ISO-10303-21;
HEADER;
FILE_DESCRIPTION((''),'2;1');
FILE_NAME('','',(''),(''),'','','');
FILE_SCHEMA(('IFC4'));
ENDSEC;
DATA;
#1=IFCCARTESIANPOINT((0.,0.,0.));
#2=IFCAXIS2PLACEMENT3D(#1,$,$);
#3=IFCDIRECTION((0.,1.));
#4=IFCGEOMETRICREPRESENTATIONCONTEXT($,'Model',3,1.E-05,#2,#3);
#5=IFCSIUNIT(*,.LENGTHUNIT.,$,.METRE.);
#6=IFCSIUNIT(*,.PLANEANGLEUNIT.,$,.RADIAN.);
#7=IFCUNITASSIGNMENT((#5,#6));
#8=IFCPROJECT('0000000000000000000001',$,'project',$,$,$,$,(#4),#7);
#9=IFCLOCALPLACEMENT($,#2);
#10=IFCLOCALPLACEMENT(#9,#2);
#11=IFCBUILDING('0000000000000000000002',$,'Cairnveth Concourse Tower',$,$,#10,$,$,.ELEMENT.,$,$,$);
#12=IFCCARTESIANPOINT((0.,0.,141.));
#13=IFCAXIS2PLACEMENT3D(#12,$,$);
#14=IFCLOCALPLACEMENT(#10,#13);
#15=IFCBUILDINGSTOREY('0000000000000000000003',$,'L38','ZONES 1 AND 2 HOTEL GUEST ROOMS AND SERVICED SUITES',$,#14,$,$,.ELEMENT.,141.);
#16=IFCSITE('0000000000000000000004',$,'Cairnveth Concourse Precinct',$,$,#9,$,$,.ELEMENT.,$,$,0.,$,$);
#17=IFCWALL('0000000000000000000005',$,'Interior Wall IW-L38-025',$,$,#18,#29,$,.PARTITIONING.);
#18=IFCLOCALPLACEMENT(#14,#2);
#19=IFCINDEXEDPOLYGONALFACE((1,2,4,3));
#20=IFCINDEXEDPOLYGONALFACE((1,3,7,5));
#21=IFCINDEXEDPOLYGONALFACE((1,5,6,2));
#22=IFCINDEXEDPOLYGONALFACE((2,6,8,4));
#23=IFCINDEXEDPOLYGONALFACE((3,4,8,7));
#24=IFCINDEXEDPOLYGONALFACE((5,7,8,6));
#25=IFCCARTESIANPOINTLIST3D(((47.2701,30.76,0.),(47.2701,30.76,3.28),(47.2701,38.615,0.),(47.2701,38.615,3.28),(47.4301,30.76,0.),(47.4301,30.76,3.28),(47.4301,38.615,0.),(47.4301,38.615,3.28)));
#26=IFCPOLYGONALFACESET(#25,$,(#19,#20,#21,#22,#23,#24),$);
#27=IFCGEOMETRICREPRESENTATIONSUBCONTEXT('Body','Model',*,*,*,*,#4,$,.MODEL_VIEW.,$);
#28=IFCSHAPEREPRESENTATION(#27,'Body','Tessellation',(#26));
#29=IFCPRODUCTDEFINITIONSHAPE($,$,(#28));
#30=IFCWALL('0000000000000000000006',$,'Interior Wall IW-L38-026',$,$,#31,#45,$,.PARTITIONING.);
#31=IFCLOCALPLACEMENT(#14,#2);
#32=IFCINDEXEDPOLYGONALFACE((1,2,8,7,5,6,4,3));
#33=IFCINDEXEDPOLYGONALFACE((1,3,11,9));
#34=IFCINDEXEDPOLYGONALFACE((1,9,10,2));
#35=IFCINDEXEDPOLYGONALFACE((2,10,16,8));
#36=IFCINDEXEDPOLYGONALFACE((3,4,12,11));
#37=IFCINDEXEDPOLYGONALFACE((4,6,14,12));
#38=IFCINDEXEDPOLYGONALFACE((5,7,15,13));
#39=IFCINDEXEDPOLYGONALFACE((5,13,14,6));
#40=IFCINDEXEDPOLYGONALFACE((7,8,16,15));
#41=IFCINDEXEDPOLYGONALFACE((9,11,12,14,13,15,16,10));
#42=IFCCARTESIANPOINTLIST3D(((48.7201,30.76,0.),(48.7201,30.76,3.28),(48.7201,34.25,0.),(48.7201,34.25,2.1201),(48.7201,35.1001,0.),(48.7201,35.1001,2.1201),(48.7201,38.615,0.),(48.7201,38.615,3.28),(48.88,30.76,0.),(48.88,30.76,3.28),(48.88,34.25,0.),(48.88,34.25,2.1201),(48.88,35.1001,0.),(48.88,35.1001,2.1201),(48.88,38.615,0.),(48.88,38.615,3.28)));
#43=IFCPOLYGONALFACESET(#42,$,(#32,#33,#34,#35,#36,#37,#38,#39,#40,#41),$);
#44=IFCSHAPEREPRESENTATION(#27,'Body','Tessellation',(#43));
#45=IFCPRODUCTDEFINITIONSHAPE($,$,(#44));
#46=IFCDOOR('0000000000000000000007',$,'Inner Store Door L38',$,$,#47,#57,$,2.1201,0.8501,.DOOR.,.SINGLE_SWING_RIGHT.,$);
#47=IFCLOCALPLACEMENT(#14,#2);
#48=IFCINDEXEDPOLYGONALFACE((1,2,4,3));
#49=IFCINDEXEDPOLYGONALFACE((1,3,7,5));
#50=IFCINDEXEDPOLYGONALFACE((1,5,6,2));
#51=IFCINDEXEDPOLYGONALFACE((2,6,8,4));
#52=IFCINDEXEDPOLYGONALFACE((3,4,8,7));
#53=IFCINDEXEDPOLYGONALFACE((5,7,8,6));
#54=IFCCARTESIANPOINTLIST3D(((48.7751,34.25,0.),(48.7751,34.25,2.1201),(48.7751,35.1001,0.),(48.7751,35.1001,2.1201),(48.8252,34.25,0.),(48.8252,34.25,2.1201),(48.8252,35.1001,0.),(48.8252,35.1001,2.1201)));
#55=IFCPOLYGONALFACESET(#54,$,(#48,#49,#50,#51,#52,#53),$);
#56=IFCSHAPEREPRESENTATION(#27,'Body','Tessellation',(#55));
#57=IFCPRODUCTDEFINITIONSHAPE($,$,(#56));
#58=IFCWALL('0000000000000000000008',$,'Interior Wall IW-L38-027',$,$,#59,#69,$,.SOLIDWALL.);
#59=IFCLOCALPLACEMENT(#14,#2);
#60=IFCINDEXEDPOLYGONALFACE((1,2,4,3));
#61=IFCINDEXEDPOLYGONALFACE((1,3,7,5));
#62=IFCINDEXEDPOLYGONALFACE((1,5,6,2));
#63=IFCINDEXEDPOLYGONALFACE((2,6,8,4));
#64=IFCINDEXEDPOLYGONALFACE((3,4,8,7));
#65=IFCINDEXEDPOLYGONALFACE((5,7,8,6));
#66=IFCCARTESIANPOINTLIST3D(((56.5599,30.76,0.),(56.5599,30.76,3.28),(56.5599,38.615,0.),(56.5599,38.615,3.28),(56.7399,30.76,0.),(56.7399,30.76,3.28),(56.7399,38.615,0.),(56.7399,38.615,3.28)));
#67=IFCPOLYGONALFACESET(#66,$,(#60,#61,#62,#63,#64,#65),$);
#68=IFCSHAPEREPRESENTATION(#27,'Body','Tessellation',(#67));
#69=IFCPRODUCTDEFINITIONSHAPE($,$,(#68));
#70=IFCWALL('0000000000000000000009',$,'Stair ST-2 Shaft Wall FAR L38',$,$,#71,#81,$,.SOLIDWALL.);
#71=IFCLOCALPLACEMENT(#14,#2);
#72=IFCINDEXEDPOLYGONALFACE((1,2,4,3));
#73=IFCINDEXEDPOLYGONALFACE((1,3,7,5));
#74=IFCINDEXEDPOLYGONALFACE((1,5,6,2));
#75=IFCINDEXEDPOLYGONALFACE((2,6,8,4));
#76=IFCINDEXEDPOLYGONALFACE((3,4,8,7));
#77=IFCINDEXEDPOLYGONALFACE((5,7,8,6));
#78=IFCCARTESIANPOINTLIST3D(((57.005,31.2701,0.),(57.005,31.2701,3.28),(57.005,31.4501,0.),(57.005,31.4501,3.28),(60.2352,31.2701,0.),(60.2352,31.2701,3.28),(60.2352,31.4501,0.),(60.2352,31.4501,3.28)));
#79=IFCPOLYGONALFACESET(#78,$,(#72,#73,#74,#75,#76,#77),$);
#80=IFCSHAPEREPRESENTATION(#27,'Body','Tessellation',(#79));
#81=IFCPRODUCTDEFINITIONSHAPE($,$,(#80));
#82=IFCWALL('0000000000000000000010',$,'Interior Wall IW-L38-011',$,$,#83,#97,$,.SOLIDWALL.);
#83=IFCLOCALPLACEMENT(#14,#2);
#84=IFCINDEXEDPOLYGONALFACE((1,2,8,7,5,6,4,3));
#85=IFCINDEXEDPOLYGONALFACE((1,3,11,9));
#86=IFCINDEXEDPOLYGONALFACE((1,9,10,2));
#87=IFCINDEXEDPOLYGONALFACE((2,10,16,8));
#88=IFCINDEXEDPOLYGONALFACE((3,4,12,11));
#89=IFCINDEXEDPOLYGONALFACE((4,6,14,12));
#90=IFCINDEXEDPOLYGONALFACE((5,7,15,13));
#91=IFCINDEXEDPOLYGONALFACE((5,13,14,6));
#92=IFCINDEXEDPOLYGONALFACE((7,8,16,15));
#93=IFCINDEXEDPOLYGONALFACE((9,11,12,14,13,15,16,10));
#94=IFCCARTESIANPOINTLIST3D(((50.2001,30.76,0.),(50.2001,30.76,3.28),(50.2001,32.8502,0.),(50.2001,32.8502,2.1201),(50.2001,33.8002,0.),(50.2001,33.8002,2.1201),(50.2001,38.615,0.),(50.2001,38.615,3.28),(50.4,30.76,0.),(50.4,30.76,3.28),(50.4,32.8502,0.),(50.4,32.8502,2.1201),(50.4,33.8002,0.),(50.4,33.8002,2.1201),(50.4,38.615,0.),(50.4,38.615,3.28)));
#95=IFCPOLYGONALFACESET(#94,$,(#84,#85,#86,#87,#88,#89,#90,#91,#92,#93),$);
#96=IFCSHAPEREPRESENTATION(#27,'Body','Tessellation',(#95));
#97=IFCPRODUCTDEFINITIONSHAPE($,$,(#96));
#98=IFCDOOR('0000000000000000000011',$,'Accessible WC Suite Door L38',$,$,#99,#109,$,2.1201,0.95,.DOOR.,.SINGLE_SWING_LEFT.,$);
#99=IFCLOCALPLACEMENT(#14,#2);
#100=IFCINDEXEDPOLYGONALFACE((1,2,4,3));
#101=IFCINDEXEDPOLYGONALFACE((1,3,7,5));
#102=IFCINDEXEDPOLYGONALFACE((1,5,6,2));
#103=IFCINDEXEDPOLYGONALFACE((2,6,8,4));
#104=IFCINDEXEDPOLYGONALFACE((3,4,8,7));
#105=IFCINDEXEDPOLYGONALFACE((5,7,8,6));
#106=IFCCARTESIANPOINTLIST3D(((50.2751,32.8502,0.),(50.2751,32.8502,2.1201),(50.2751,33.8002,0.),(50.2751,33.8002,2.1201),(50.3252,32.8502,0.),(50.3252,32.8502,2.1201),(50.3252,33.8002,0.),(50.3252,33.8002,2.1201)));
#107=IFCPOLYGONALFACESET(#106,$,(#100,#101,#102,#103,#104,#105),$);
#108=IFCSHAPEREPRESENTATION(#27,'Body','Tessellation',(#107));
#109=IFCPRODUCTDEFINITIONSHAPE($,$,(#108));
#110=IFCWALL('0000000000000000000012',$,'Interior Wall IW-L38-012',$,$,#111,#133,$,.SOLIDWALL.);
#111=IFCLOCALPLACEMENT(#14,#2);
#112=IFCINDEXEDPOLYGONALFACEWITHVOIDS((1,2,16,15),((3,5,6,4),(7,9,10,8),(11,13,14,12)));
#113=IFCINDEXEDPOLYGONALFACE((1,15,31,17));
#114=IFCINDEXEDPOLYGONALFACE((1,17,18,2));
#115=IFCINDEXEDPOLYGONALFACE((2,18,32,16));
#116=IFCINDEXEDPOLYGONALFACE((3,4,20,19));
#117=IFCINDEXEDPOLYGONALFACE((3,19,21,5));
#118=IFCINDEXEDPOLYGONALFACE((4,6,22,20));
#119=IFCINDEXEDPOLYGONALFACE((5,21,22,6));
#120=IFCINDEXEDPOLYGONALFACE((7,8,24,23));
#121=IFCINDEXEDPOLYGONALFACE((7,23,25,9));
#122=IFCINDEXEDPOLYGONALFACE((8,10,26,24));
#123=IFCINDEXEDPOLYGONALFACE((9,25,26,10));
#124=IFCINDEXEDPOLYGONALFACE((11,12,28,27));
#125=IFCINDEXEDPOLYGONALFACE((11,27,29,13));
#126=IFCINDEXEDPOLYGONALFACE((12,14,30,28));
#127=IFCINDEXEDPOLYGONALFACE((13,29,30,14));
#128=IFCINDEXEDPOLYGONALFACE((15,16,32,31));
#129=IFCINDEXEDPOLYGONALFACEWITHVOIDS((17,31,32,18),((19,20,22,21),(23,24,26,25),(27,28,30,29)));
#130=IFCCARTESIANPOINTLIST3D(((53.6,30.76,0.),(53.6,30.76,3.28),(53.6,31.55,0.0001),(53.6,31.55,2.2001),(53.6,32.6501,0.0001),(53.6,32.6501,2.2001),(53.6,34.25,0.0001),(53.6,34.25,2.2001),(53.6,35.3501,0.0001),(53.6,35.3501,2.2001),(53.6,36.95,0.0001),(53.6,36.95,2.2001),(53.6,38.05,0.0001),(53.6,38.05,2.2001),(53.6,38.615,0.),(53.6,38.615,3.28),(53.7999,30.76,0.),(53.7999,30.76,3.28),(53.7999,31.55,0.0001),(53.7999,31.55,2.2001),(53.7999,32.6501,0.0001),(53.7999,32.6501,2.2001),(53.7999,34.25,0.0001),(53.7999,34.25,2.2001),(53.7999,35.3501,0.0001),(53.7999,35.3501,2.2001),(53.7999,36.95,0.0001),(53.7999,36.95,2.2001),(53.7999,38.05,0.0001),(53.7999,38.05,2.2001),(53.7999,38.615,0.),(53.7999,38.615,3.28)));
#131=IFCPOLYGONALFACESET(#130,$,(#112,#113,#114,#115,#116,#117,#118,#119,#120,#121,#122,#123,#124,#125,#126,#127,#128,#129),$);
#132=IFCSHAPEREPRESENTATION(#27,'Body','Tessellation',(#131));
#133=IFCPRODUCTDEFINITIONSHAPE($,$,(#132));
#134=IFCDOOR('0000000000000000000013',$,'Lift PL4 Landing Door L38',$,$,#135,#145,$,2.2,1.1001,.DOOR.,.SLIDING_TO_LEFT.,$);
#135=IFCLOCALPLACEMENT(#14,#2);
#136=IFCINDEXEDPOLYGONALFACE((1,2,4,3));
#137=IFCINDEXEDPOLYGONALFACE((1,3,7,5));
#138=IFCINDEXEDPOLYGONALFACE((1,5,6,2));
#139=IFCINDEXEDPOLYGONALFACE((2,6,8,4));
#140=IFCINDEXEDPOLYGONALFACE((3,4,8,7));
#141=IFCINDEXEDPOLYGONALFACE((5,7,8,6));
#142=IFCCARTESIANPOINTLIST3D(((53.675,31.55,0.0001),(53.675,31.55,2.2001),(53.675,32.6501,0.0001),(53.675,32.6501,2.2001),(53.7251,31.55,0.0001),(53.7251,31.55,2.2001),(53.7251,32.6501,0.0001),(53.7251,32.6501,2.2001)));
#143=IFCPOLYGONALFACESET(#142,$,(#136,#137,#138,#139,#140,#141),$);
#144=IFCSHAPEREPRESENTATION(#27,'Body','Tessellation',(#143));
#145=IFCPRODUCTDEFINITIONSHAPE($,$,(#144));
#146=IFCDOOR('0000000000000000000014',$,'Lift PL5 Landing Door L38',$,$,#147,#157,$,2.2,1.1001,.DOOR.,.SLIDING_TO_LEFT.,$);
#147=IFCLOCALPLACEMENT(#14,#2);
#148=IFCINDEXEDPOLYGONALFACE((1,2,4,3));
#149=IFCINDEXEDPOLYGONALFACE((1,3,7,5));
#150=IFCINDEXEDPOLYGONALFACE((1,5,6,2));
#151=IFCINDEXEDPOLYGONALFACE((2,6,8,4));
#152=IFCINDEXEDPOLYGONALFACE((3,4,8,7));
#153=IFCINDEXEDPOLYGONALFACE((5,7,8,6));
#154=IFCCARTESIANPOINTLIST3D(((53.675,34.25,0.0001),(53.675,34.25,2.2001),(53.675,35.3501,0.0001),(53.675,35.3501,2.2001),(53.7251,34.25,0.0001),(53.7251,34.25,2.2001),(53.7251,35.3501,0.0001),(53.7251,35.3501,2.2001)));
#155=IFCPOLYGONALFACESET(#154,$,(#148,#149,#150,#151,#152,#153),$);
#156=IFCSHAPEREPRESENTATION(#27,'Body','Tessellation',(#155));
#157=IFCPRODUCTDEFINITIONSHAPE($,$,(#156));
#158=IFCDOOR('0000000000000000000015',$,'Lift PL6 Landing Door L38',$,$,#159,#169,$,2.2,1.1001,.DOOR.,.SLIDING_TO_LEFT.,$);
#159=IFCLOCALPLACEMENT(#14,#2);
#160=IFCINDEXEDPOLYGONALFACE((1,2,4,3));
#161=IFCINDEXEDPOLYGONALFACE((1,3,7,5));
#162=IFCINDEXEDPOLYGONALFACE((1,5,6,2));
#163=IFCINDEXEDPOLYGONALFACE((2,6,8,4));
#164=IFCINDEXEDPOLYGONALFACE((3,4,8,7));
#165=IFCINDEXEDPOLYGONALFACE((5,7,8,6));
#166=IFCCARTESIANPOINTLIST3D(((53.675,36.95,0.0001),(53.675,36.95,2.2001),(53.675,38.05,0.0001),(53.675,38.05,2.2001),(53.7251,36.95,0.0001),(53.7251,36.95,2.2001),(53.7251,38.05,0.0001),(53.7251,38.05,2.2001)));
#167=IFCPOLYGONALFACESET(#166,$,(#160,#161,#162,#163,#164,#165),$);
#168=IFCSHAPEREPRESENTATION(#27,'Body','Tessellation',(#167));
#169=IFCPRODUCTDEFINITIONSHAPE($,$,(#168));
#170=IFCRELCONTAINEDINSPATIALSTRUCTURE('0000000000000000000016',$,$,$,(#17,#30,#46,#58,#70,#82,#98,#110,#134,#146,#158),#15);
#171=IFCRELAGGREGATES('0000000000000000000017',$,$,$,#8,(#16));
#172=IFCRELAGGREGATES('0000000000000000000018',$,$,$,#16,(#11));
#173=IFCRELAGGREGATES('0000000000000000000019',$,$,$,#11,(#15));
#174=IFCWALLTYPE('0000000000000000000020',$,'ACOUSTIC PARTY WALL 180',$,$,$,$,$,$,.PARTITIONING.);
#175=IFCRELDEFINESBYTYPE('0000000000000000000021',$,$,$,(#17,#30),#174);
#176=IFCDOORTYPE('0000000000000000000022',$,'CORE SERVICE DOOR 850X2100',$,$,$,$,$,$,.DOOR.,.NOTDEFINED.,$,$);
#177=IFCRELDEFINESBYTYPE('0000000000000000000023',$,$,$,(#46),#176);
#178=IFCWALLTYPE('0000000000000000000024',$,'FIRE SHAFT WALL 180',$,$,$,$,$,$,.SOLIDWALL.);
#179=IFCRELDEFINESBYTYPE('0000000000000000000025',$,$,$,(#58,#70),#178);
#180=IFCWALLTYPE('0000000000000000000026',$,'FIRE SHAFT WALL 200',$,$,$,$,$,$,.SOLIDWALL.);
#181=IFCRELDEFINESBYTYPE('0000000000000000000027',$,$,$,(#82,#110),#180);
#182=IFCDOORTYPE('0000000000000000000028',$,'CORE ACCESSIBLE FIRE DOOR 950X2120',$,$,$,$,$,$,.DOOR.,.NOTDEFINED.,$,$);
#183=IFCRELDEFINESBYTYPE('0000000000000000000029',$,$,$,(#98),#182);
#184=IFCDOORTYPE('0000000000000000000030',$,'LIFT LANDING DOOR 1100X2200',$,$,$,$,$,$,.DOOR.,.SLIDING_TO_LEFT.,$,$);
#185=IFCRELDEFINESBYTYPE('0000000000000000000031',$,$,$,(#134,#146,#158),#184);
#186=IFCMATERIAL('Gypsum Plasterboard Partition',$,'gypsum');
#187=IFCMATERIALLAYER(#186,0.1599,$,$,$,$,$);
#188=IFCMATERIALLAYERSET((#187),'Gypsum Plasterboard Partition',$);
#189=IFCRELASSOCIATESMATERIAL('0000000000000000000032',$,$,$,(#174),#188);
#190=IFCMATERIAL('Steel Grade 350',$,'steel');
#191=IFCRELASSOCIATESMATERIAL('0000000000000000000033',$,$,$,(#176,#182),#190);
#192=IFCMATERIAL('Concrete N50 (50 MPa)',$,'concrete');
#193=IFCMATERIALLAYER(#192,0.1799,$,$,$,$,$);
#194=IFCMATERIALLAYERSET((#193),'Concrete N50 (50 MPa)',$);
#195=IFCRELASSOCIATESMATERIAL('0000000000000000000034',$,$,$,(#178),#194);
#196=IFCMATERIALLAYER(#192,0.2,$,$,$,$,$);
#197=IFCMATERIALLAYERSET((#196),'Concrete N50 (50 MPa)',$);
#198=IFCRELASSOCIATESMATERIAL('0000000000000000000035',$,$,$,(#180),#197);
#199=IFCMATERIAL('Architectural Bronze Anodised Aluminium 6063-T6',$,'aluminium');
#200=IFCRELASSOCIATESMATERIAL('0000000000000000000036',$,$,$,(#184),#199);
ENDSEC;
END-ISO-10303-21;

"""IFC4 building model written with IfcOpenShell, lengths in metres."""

from ifc_helpers import new_model, si_unit, direction, frame, frame_2d, origin, place, context, subcontext, project, spatial, rectangle, extrude, material, layer, layer_set, type_object, element, fill, save


model = new_model("IFC4")

# Units and contexts
model_context = context("Model", 3, precision=1e-05, world=origin(), true_north=direction((0.0, 1.0)))
body_context = subcontext(model_context, "Body", "Model", "MODEL_VIEW")
ifc_project = project(units=[si_unit("LENGTHUNIT", "METRE"), si_unit("PLANEANGLEUNIT", "RADIAN")], contexts=[model_context])

# Site, building, storey
site_placement = place(None, origin())
site = spatial("IfcSite", under=ifc_project, at=site_placement, Name="Cairnveth Concourse Precinct", CompositionType="ELEMENT", RefElevation=0.0)
building_placement = place(site_placement, origin())
building = spatial("IfcBuilding", under=site, at=building_placement, Name="Cairnveth Concourse Tower", CompositionType="ELEMENT")
storey_placement = place(building_placement, frame((0.0, 0.0, 141.0)))
storey = spatial("IfcBuildingStorey", under=building, at=storey_placement, Name="L38", Description="ZONES 1 AND 2 HOTEL GUEST ROOMS AND SERVICED SUITES", CompositionType="ELEMENT", Elevation=141.0)

# Wall
ifc_material_1 = material(Name="Gypsum Plasterboard Partition", Category="gypsum")
ifc_layer_1 = layer(ifc_material_1, 0.1599)
ifc_layer_set_1 = layer_set([ifc_layer_1], Name="Gypsum Plasterboard Partition")
wall_type_1 = type_object("IfcWallType", Name="ACOUSTIC PARTY WALL 180", PredefinedType="PARTITIONING", material=ifc_layer_set_1)
wall_1_placement = place(storey_placement, frame((47.3501, 30.76, 0.0), z_axis=(0.0, 0.0, 1.0), x_axis=(0.0, 1.0, 0.0)))
element("IfcWall", 1, at=wall_1_placement, inside=storey, type_object=wall_type_1, Name="Interior Wall IW-L38-025", PredefinedType="PARTITIONING", context=body_context, shape_type="SweptSolid", body=[
    extrude(rectangle(XDim=7.855, YDim=0.1599, at=frame_2d((3.9275, 0.0))), origin(), (0.0, 0.0, 1.0), 3.28),
])

# Wall, opening, door
wall_2_placement = place(storey_placement, frame((48.8, 30.76, 0.0), z_axis=(0.0, 0.0, 1.0), x_axis=(0.0, 1.0, 0.0)))
wall_2 = element("IfcWall", 2, at=wall_2_placement, inside=storey, type_object=wall_type_1, Name="Interior Wall IW-L38-026", PredefinedType="PARTITIONING", context=body_context, shape_type="SweptSolid", body=[
    extrude(rectangle(XDim=7.855, YDim=0.1599, at=frame_2d((3.9275, 0.0))), origin(), (0.0, 0.0, 1.0), 3.28),
])
opening_1_placement = place(wall_2_placement, frame((3.49, 0.0, 0.0)))
opening_1 = element("IfcOpeningElement", 3, at=opening_1_placement, cuts=wall_2, PredefinedType="OPENING", context=body_context, shape_type="SweptSolid", body=[
    extrude(rectangle(XDim=0.8501, YDim=2.1201, at=frame_2d((0.425, 1.0601))), frame((0.0, 0.0898, 0.0), z_axis=(0.0, -1.0, 0.0), x_axis=(1.0, 0.0, 0.0)), (0.0, 0.0, 1.0), 0.1799),
])
ifc_material_2 = material(Name="Steel Grade 350", Category="steel")
door_type_1 = type_object("IfcDoorType", Name="CORE SERVICE DOOR 850X2100", OperationType="NOTDEFINED", PredefinedType="DOOR", material=ifc_material_2)
door_1_placement = place(opening_1_placement, origin())
door_1 = element("IfcDoor", 4, at=door_1_placement, inside=storey, type_object=door_type_1, Name="Inner Store Door L38", OperationType="SINGLE_SWING_RIGHT", OverallHeight=2.1201, OverallWidth=0.8501, PredefinedType="DOOR", context=body_context, shape_type="SweptSolid", body=[
    extrude(rectangle(XDim=0.8501, YDim=2.1201, at=frame_2d((0.425, 1.0601))), frame((0.0, 0.0249, 0.0), z_axis=(0.0, -1.0, 0.0), x_axis=(1.0, 0.0, 0.0)), (0.0, 0.0, 1.0), 0.05),
])
fill(opening_1, door_1)

# Walls
ifc_material_3 = material(Name="Concrete N50 (50 MPa)", Category="concrete")
ifc_layer_2 = layer(ifc_material_3, 0.1799)
ifc_layer_set_2 = layer_set([ifc_layer_2], Name="Concrete N50 (50 MPa)")
wall_type_2 = type_object("IfcWallType", Name="FIRE SHAFT WALL 180", PredefinedType="SOLIDWALL", material=ifc_layer_set_2)
wall_3_placement = place(storey_placement, frame((56.6499, 30.76, 0.0), z_axis=(0.0, 0.0, 1.0), x_axis=(0.0, 1.0, 0.0)))
element("IfcWall", 5, at=wall_3_placement, inside=storey, type_object=wall_type_2, Name="Interior Wall IW-L38-027", PredefinedType="SOLIDWALL", context=body_context, shape_type="SweptSolid", body=[
    extrude(rectangle(XDim=7.855, YDim=0.1799, at=frame_2d((3.9275, 0.0))), origin(), (0.0, 0.0, 1.0), 3.28),
])
wall_4_placement = place(storey_placement, frame((57.0049, 31.3601, 0.0), z_axis=(0.0, 0.0, 1.0), x_axis=(1.0, 0.0, 0.0)))
element("IfcWall", 6, at=wall_4_placement, inside=storey, type_object=wall_type_2, Name="Stair ST-2 Shaft Wall FAR L38", PredefinedType="SOLIDWALL", context=body_context, shape_type="SweptSolid", body=[
    extrude(rectangle(XDim=3.2302, YDim=0.1799, at=frame_2d((1.6152, 0.0))), origin(), (0.0, 0.0, 1.0), 3.28),
])

# Wall, opening, door
ifc_layer_3 = layer(ifc_material_3, 0.2)
ifc_layer_set_3 = layer_set([ifc_layer_3], Name="Concrete N50 (50 MPa)")
wall_type_3 = type_object("IfcWallType", Name="FIRE SHAFT WALL 200", PredefinedType="SOLIDWALL", material=ifc_layer_set_3)
wall_5_placement = place(storey_placement, frame((50.3, 30.76, 0.0), z_axis=(0.0, 0.0, 1.0), x_axis=(0.0, 1.0, 0.0)))
wall_5 = element("IfcWall", 7, at=wall_5_placement, inside=storey, type_object=wall_type_3, Name="Interior Wall IW-L38-011", PredefinedType="SOLIDWALL", context=body_context, shape_type="SweptSolid", body=[
    extrude(rectangle(XDim=7.855, YDim=0.2, at=frame_2d((3.9275, 0.0))), origin(), (0.0, 0.0, 1.0), 3.28),
])
opening_2_placement = place(wall_5_placement, frame((2.0901, 0.0, 0.0)))
opening_2 = element("IfcOpeningElement", 8, at=opening_2_placement, cuts=wall_5, PredefinedType="OPENING", context=body_context, shape_type="SweptSolid", body=[
    extrude(rectangle(XDim=0.95, YDim=2.1201, at=frame_2d((0.4751, 1.0601))), frame((0.0, 0.1099, 0.0), z_axis=(0.0, -1.0, 0.0), x_axis=(1.0, 0.0, 0.0)), (0.0, 0.0, 1.0), 0.22),
])
door_type_2 = type_object("IfcDoorType", Name="CORE ACCESSIBLE FIRE DOOR 950X2120", OperationType="NOTDEFINED", PredefinedType="DOOR", material=ifc_material_2)
door_2_placement = place(opening_2_placement, origin())
door_2 = element("IfcDoor", 9, at=door_2_placement, inside=storey, type_object=door_type_2, Name="Accessible WC Suite Door L38", OperationType="SINGLE_SWING_LEFT", OverallHeight=2.1201, OverallWidth=0.95, PredefinedType="DOOR", context=body_context, shape_type="SweptSolid", body=[
    extrude(rectangle(XDim=0.95, YDim=2.1201, at=frame_2d((0.4751, 1.0601))), frame((0.0, 0.0249, 0.0), z_axis=(0.0, -1.0, 0.0), x_axis=(1.0, 0.0, 0.0)), (0.0, 0.0, 1.0), 0.05),
])
fill(opening_2, door_2)

# Wall, openings, doors
wall_6_placement = place(storey_placement, frame((53.7, 30.76, 0.0), z_axis=(0.0, 0.0, 1.0), x_axis=(0.0, 1.0, 0.0)))
wall_6 = element("IfcWall", 10, at=wall_6_placement, inside=storey, type_object=wall_type_3, Name="Interior Wall IW-L38-012", PredefinedType="SOLIDWALL", context=body_context, shape_type="SweptSolid", body=[
    extrude(rectangle(XDim=7.855, YDim=0.2, at=frame_2d((3.9275, 0.0))), origin(), (0.0, 0.0, 1.0), 3.28),
])
opening_3_placement = place(wall_6_placement, frame((0.79, 0.0, 0.0)))
opening_3 = element("IfcOpeningElement", 11, at=opening_3_placement, cuts=wall_6, PredefinedType="OPENING", context=body_context, shape_type="SweptSolid", body=[
    extrude(rectangle(XDim=1.1001, YDim=2.2, at=frame_2d((0.55, 1.1001))), frame((0.0, 0.1099, 0.0), z_axis=(0.0, -1.0, 0.0), x_axis=(1.0, 0.0, 0.0)), (0.0, 0.0, 1.0), 0.22),
])
opening_4_placement = place(wall_6_placement, frame((3.49, 0.0, 0.0)))
opening_4 = element("IfcOpeningElement", 12, at=opening_4_placement, cuts=wall_6, PredefinedType="OPENING", context=body_context, shape_type="SweptSolid", body=[
    extrude(rectangle(XDim=1.1001, YDim=2.2, at=frame_2d((0.55, 1.1001))), frame((0.0, 0.1099, 0.0), z_axis=(0.0, -1.0, 0.0), x_axis=(1.0, 0.0, 0.0)), (0.0, 0.0, 1.0), 0.22),
])
opening_5_placement = place(wall_6_placement, frame((6.1899, 0.0, 0.0)))
opening_5 = element("IfcOpeningElement", 13, at=opening_5_placement, cuts=wall_6, PredefinedType="OPENING", context=body_context, shape_type="SweptSolid", body=[
    extrude(rectangle(XDim=1.1001, YDim=2.2, at=frame_2d((0.55, 1.1001))), frame((0.0, 0.1099, 0.0), z_axis=(0.0, -1.0, 0.0), x_axis=(1.0, 0.0, 0.0)), (0.0, 0.0, 1.0), 0.22),
])
ifc_material_4 = material(Name="Architectural Bronze Anodised Aluminium 6063-T6", Category="aluminium")
door_type_3 = type_object("IfcDoorType", Name="LIFT LANDING DOOR 1100X2200", OperationType="SLIDING_TO_LEFT", PredefinedType="DOOR", material=ifc_material_4)
door_3_placement = place(opening_3_placement, origin())
door_3 = element("IfcDoor", 14, at=door_3_placement, inside=storey, type_object=door_type_3, Name="Lift PL4 Landing Door L38", OperationType="SLIDING_TO_LEFT", OverallHeight=2.2, OverallWidth=1.1001, PredefinedType="DOOR", context=body_context, shape_type="SweptSolid", body=[
    extrude(rectangle(XDim=1.1001, YDim=2.2, at=frame_2d((0.55, 1.1001))), frame((0.0, 0.0249, 0.0), z_axis=(0.0, -1.0, 0.0), x_axis=(1.0, 0.0, 0.0)), (0.0, 0.0, 1.0), 0.05),
])
fill(opening_3, door_3)
door_4_placement = place(opening_4_placement, origin())
door_4 = element("IfcDoor", 15, at=door_4_placement, inside=storey, type_object=door_type_3, Name="Lift PL5 Landing Door L38", OperationType="SLIDING_TO_LEFT", OverallHeight=2.2, OverallWidth=1.1001, PredefinedType="DOOR", context=body_context, shape_type="SweptSolid", body=[
    extrude(rectangle(XDim=1.1001, YDim=2.2, at=frame_2d((0.55, 1.1001))), frame((0.0, 0.0249, 0.0), z_axis=(0.0, -1.0, 0.0), x_axis=(1.0, 0.0, 0.0)), (0.0, 0.0, 1.0), 0.05),
])
fill(opening_4, door_4)
door_5_placement = place(opening_5_placement, origin())
door_5 = element("IfcDoor", 16, at=door_5_placement, inside=storey, type_object=door_type_3, Name="Lift PL6 Landing Door L38", OperationType="SLIDING_TO_LEFT", OverallHeight=2.2, OverallWidth=1.1001, PredefinedType="DOOR", context=body_context, shape_type="SweptSolid", body=[
    extrude(rectangle(XDim=1.1001, YDim=2.2, at=frame_2d((0.55, 1.1001))), frame((0.0, 0.0249, 0.0), z_axis=(0.0, -1.0, 0.0), x_axis=(1.0, 0.0, 0.0)), (0.0, 0.0, 1.0), 0.05),
])
fill(opening_5, door_5)

save(model, "model.ifc")
